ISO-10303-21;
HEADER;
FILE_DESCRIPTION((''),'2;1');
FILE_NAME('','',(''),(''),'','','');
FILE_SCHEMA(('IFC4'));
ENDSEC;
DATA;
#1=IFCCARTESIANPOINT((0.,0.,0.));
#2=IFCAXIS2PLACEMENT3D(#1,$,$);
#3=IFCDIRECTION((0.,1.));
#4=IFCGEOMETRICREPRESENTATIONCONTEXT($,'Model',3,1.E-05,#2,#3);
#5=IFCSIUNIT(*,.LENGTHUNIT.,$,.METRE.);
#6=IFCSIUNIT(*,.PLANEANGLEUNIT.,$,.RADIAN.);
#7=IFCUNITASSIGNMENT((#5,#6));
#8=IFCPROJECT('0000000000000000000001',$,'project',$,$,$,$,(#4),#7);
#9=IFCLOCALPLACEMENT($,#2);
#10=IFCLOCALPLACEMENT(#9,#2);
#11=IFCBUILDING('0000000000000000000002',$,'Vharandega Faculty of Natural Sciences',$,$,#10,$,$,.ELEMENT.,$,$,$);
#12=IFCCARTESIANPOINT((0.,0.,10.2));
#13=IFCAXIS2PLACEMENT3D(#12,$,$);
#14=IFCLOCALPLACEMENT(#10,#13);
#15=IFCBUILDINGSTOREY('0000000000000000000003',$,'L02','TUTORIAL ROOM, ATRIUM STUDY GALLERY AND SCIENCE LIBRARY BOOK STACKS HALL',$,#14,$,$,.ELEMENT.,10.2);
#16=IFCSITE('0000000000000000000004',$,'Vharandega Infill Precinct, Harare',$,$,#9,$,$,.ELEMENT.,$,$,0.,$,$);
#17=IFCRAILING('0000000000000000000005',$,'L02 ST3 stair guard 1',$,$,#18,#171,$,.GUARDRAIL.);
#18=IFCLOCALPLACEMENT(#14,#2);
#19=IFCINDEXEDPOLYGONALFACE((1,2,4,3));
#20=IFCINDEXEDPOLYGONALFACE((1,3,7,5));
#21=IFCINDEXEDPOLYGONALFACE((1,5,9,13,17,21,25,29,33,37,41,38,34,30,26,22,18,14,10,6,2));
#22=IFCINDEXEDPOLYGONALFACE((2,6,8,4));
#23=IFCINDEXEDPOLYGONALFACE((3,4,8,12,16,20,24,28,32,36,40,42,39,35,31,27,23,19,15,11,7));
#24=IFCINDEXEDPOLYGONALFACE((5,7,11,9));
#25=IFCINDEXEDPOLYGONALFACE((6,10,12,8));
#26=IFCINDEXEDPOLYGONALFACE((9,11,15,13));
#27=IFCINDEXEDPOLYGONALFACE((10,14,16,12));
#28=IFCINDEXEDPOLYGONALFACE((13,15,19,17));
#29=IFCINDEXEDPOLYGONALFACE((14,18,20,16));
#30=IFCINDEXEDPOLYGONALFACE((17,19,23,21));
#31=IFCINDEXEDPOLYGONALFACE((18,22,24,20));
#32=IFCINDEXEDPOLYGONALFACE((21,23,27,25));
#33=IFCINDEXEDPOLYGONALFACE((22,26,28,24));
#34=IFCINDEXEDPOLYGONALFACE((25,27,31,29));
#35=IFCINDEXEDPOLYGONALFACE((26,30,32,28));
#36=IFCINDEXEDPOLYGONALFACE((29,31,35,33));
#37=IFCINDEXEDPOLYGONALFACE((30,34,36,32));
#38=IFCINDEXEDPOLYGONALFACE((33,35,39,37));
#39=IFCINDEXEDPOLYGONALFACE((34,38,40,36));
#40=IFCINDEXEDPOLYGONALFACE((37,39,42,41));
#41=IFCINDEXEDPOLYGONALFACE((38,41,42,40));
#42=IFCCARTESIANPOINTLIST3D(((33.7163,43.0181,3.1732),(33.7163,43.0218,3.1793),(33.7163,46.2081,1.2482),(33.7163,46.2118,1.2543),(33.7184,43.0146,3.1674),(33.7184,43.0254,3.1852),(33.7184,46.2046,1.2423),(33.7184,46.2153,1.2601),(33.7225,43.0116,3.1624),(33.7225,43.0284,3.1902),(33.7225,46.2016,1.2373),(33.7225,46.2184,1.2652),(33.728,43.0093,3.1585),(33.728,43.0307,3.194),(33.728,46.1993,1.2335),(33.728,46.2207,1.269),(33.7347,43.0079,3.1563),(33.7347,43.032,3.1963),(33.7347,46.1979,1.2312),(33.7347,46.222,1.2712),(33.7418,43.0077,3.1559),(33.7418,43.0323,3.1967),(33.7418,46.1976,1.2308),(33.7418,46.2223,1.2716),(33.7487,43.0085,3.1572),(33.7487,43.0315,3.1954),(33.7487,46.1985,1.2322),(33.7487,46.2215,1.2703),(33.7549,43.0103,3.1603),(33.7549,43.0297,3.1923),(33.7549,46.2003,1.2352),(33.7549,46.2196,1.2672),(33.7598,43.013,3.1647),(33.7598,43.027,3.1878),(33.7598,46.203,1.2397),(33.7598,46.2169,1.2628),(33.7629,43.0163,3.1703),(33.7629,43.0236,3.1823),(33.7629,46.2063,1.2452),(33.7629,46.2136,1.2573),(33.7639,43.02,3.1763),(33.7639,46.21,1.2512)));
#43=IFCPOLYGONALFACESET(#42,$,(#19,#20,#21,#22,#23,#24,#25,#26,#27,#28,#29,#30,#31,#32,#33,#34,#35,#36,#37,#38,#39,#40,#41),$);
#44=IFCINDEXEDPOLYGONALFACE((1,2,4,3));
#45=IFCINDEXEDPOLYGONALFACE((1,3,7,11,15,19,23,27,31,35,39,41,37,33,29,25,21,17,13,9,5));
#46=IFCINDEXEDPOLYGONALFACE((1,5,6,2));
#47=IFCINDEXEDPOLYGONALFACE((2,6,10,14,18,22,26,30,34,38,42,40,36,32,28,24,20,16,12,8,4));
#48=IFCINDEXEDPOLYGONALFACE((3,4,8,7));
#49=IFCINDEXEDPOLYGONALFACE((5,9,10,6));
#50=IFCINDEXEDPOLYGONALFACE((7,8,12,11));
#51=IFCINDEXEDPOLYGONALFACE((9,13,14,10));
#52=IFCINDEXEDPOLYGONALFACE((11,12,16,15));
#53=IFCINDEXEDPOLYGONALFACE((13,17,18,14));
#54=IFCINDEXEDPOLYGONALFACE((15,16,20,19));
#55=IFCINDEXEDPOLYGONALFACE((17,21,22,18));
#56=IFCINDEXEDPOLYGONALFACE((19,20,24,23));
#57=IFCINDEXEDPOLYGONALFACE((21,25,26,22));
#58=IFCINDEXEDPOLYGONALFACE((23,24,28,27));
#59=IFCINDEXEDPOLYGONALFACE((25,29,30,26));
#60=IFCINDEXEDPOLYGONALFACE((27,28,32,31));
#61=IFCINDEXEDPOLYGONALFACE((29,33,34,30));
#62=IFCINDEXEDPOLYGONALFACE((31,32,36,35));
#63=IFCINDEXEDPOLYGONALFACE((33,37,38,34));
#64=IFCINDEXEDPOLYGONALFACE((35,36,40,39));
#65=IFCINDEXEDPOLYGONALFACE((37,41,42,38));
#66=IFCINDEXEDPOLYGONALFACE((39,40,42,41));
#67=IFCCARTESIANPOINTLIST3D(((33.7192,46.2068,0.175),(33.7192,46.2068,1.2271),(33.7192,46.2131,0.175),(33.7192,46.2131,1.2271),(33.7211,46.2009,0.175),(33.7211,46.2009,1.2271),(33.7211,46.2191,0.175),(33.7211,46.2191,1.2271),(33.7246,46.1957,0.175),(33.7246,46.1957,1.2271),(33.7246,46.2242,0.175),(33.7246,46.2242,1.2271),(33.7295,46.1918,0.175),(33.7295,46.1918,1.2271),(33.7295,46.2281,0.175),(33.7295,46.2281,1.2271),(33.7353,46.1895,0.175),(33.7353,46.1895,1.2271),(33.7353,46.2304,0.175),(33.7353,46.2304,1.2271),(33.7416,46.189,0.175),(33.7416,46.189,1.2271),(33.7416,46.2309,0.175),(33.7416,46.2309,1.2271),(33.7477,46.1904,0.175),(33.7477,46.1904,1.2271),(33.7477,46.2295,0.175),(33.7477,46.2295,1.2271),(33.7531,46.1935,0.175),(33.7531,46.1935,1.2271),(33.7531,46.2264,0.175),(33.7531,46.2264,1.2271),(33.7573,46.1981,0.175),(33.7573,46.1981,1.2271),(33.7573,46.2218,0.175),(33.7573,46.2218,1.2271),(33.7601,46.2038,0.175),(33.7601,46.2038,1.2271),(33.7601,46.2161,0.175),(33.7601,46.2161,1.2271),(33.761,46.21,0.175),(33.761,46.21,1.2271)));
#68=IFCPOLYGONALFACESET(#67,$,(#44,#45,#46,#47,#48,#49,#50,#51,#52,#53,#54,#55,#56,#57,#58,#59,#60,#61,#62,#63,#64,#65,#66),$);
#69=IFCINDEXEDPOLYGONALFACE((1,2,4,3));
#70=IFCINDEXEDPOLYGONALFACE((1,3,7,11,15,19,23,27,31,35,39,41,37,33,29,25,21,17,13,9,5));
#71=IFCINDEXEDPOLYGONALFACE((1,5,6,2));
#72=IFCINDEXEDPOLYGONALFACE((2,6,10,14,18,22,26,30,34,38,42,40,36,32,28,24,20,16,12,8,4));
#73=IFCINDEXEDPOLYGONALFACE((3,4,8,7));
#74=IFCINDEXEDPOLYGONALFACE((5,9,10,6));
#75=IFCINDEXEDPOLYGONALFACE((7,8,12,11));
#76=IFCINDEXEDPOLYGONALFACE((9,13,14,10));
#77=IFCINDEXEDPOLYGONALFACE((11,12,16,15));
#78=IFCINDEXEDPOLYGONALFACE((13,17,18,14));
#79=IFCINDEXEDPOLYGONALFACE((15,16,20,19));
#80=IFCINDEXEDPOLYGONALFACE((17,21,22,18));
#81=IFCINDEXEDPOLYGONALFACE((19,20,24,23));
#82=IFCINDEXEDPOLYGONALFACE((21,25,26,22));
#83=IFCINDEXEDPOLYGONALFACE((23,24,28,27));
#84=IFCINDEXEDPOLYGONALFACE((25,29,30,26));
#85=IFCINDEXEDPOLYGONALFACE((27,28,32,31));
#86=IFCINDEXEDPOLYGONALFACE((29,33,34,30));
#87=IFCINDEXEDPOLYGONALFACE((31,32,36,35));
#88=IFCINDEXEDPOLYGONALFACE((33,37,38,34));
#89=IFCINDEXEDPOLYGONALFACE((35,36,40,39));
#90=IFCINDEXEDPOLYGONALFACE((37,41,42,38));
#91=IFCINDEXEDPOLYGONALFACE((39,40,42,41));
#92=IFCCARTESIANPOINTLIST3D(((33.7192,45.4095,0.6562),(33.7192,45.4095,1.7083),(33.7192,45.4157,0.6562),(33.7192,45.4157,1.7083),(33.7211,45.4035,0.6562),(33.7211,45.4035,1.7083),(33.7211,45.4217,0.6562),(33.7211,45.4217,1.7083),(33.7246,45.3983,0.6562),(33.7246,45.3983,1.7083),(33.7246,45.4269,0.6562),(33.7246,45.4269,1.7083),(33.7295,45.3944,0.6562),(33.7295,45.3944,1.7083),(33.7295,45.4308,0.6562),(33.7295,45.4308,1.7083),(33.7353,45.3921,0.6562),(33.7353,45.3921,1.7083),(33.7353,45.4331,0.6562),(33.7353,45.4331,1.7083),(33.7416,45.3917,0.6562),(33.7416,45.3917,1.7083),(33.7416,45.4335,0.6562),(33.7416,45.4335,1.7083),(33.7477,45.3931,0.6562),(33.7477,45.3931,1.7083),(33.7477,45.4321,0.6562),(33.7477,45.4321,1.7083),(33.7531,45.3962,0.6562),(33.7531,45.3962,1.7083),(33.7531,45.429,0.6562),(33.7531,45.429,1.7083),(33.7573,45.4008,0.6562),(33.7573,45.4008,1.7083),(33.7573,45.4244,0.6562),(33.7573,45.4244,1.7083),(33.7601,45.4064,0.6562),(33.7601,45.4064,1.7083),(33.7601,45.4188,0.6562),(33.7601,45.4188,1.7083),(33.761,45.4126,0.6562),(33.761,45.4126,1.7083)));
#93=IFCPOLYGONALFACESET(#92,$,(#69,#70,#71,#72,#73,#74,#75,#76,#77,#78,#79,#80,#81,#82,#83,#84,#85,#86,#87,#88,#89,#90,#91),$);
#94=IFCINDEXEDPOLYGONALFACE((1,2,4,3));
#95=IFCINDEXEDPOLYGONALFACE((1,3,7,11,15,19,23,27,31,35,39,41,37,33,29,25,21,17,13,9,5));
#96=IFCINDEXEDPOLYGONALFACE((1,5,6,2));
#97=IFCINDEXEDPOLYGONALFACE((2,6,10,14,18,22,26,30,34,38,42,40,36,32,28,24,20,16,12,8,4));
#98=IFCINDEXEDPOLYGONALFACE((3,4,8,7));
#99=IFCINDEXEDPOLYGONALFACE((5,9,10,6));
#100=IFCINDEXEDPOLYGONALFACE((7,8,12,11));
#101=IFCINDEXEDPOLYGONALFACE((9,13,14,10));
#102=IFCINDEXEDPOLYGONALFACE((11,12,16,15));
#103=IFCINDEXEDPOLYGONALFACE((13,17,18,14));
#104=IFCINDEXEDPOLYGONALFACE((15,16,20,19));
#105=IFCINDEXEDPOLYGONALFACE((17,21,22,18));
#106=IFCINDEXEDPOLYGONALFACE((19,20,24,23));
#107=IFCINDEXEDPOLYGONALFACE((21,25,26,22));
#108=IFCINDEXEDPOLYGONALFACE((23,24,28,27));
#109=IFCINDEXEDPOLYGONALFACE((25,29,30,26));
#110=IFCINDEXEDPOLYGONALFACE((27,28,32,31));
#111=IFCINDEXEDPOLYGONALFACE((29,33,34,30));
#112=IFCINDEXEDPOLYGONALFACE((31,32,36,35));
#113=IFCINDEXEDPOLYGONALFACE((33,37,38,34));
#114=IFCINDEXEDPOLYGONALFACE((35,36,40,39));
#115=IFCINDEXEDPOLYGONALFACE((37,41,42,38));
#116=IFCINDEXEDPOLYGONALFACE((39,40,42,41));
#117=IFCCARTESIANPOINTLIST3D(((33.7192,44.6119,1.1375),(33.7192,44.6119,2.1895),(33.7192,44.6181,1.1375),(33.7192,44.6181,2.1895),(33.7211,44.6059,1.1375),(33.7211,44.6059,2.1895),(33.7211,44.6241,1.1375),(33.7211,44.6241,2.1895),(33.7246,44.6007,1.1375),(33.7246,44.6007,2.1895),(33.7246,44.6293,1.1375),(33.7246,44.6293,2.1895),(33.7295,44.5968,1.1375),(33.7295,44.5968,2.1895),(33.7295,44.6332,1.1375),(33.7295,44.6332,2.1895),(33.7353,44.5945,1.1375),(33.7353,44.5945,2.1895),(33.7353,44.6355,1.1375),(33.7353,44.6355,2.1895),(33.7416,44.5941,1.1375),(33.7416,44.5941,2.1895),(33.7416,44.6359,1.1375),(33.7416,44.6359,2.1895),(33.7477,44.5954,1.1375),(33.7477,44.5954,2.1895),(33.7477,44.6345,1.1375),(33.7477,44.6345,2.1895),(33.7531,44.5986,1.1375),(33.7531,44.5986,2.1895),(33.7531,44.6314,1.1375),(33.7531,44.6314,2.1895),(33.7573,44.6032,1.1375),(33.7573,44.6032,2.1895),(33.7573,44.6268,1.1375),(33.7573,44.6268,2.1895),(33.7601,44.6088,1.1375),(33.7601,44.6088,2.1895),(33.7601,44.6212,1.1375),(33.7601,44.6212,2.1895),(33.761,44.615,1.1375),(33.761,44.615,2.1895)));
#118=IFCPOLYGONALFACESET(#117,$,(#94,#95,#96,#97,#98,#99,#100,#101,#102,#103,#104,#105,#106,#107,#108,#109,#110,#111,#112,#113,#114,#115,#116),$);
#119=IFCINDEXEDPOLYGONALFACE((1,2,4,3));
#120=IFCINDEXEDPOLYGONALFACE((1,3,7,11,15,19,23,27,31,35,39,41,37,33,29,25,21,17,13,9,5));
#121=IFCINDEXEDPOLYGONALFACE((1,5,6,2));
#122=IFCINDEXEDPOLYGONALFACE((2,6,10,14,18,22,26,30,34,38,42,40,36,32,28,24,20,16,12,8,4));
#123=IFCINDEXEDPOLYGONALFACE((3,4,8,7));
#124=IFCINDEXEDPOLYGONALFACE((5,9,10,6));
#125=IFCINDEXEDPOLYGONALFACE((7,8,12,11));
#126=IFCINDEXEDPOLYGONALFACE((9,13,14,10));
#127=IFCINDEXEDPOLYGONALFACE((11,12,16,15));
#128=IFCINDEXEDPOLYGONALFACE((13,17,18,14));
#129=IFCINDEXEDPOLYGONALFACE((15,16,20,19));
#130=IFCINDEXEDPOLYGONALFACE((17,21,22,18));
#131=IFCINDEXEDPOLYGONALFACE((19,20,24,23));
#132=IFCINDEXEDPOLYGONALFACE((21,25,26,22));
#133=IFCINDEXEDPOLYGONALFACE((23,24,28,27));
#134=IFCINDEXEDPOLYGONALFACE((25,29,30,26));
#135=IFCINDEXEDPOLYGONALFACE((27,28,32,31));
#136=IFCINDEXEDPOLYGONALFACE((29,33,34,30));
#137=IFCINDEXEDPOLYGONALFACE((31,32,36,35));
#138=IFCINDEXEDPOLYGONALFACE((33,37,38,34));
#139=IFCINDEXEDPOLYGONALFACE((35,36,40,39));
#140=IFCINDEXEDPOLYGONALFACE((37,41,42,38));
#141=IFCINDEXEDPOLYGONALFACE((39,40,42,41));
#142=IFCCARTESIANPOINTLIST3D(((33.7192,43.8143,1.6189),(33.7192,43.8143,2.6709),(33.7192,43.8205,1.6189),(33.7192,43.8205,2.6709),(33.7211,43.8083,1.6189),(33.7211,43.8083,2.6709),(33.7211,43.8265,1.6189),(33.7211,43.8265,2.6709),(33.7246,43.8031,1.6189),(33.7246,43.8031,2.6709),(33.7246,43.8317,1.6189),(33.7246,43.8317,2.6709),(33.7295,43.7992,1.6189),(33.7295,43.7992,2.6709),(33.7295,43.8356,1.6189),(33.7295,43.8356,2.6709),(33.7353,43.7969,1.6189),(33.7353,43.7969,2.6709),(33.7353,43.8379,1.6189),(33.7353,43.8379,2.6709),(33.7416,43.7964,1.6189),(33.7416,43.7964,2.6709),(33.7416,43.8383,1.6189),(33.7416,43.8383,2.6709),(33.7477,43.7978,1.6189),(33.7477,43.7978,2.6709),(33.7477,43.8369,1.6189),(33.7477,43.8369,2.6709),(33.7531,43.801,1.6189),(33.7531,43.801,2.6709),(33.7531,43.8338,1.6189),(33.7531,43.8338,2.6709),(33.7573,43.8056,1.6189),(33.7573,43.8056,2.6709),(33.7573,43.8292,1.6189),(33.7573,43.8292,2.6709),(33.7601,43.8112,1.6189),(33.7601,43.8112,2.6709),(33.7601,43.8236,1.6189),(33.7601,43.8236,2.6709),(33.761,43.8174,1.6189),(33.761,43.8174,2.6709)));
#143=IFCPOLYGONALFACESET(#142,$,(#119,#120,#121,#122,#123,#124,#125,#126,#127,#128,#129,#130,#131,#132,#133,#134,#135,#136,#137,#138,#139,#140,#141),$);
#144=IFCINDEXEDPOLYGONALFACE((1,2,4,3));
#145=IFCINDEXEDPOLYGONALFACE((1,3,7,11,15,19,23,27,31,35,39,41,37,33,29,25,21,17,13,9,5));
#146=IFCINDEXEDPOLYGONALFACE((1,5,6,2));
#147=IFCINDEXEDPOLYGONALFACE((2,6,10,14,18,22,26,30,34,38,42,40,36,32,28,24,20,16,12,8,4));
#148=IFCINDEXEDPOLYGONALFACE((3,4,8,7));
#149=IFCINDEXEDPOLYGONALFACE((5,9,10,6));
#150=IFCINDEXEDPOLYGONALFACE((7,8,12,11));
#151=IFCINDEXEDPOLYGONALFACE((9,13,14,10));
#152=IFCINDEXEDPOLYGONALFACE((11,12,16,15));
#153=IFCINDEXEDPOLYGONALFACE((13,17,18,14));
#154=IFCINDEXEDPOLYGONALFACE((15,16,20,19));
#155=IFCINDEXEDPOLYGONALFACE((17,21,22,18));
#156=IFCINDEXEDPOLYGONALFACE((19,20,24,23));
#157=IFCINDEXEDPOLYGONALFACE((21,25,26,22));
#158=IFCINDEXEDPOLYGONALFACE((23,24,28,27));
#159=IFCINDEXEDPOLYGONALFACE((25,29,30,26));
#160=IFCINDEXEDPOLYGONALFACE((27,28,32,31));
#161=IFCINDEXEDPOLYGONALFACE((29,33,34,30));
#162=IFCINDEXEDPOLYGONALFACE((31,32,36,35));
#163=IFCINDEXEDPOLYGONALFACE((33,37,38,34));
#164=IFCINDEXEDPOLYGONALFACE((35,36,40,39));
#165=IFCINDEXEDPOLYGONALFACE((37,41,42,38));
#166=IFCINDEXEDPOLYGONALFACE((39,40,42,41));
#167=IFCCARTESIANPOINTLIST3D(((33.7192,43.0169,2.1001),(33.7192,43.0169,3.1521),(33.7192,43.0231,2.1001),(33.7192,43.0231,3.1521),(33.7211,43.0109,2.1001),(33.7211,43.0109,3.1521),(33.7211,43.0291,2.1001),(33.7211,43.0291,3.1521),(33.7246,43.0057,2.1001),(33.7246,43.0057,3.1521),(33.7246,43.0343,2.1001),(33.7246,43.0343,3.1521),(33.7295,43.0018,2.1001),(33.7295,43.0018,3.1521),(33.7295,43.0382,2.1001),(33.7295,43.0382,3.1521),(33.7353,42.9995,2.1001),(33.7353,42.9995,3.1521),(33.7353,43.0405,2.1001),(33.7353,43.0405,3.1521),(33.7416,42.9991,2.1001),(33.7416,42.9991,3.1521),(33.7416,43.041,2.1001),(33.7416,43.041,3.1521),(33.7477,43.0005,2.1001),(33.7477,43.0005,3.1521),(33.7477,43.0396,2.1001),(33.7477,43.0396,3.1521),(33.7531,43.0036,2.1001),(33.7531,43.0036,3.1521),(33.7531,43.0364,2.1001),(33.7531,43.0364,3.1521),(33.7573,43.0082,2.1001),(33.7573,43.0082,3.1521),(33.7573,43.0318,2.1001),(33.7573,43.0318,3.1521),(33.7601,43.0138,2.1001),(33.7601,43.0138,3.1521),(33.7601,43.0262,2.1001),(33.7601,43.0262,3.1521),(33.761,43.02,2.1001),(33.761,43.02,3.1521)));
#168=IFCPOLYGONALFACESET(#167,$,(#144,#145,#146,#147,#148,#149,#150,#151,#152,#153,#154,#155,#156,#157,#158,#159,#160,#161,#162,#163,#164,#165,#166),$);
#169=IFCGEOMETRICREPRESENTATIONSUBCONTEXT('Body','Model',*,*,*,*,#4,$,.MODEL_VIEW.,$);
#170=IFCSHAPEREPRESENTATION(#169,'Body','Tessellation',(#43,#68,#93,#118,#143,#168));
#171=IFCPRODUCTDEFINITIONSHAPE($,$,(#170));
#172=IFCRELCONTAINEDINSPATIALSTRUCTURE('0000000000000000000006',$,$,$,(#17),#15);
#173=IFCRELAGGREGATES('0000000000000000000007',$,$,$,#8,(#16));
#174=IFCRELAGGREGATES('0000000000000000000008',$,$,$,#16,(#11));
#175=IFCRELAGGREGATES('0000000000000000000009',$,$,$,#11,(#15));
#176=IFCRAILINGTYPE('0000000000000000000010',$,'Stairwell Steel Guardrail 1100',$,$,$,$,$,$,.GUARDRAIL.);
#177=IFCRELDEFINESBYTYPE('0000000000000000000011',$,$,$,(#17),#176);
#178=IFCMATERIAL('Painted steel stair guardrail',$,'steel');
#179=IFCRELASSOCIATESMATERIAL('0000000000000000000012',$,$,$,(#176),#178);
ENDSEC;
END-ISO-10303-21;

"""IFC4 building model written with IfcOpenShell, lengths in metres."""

from ifc_helpers import new_model, si_unit, direction, frame, origin, origin_2d, place, context, subcontext, project, spatial, circle, extrude, material, type_object, element, save


model = new_model("IFC4")

# Units and contexts
model_context = context("Model", 3, precision=1e-05, world=origin(), true_north=direction((0.0, 1.0)))
body_context = subcontext(model_context, "Body", "Model", "MODEL_VIEW")
ifc_project = project(units=[si_unit("LENGTHUNIT", "METRE"), si_unit("PLANEANGLEUNIT", "RADIAN")], contexts=[model_context])

# Site, building, storey
site_placement = place(None, origin())
site = spatial("IfcSite", under=ifc_project, at=site_placement, Name="Vharandega Infill Precinct, Harare", CompositionType="ELEMENT", RefElevation=0.0)
building_placement = place(site_placement, origin())
building = spatial("IfcBuilding", under=site, at=building_placement, Name="Vharandega Faculty of Natural Sciences", CompositionType="ELEMENT")
storey_placement = place(building_placement, frame((0.0, 0.0, 10.2)))
storey = spatial("IfcBuildingStorey", under=building, at=storey_placement, Name="L02", Description="TUTORIAL ROOM, ATRIUM STUDY GALLERY AND SCIENCE LIBRARY BOOK STACKS HALL", CompositionType="ELEMENT", Elevation=10.2)

# Railing
ifc_material_1 = material(Name="Painted steel stair guardrail", Category="steel")
railing_type_1 = type_object("IfcRailingType", Name="Stairwell Steel Guardrail 1100", PredefinedType="GUARDRAIL", material=ifc_material_1)
railing_1_placement = place(storey_placement, frame((33.74, 46.21, 0.175)))
element("IfcRailing", 1, at=railing_1_placement, inside=storey, type_object=railing_type_1, Name="L02 ST3 stair guard 1", PredefinedType="GUARDRAIL", context=body_context, shape_type="SweptSolid", body=[
    extrude(circle(Radius=0.0239, at=origin_2d()), frame((0.0, 0.0, 1.0762), z_axis=(0.0, -0.856178, 0.516682), x_axis=(1.0, 0.0, 0.0)), (0.0, 0.0, 1.0), 3.7258),
    extrude(circle(Radius=0.021, at=origin_2d()), origin(), (0.0, 0.0, 1.0), 1.052),
    extrude(circle(Radius=0.021, at=origin_2d()), frame((0.0, -0.7974, 0.4812)), (0.0, 0.0, 1.0), 1.052),
    extrude(circle(Radius=0.021, at=origin_2d()), frame((0.0, -1.595, 0.9624)), (0.0, 0.0, 1.0), 1.052),
    extrude(circle(Radius=0.021, at=origin_2d()), frame((0.0, -2.3926, 1.4438)), (0.0, 0.0, 1.0), 1.052),
    extrude(circle(Radius=0.021, at=origin_2d()), frame((0.0, -3.1899, 1.925)), (0.0, 0.0, 1.0), 1.052),
])

save(model, "model.ifc")
